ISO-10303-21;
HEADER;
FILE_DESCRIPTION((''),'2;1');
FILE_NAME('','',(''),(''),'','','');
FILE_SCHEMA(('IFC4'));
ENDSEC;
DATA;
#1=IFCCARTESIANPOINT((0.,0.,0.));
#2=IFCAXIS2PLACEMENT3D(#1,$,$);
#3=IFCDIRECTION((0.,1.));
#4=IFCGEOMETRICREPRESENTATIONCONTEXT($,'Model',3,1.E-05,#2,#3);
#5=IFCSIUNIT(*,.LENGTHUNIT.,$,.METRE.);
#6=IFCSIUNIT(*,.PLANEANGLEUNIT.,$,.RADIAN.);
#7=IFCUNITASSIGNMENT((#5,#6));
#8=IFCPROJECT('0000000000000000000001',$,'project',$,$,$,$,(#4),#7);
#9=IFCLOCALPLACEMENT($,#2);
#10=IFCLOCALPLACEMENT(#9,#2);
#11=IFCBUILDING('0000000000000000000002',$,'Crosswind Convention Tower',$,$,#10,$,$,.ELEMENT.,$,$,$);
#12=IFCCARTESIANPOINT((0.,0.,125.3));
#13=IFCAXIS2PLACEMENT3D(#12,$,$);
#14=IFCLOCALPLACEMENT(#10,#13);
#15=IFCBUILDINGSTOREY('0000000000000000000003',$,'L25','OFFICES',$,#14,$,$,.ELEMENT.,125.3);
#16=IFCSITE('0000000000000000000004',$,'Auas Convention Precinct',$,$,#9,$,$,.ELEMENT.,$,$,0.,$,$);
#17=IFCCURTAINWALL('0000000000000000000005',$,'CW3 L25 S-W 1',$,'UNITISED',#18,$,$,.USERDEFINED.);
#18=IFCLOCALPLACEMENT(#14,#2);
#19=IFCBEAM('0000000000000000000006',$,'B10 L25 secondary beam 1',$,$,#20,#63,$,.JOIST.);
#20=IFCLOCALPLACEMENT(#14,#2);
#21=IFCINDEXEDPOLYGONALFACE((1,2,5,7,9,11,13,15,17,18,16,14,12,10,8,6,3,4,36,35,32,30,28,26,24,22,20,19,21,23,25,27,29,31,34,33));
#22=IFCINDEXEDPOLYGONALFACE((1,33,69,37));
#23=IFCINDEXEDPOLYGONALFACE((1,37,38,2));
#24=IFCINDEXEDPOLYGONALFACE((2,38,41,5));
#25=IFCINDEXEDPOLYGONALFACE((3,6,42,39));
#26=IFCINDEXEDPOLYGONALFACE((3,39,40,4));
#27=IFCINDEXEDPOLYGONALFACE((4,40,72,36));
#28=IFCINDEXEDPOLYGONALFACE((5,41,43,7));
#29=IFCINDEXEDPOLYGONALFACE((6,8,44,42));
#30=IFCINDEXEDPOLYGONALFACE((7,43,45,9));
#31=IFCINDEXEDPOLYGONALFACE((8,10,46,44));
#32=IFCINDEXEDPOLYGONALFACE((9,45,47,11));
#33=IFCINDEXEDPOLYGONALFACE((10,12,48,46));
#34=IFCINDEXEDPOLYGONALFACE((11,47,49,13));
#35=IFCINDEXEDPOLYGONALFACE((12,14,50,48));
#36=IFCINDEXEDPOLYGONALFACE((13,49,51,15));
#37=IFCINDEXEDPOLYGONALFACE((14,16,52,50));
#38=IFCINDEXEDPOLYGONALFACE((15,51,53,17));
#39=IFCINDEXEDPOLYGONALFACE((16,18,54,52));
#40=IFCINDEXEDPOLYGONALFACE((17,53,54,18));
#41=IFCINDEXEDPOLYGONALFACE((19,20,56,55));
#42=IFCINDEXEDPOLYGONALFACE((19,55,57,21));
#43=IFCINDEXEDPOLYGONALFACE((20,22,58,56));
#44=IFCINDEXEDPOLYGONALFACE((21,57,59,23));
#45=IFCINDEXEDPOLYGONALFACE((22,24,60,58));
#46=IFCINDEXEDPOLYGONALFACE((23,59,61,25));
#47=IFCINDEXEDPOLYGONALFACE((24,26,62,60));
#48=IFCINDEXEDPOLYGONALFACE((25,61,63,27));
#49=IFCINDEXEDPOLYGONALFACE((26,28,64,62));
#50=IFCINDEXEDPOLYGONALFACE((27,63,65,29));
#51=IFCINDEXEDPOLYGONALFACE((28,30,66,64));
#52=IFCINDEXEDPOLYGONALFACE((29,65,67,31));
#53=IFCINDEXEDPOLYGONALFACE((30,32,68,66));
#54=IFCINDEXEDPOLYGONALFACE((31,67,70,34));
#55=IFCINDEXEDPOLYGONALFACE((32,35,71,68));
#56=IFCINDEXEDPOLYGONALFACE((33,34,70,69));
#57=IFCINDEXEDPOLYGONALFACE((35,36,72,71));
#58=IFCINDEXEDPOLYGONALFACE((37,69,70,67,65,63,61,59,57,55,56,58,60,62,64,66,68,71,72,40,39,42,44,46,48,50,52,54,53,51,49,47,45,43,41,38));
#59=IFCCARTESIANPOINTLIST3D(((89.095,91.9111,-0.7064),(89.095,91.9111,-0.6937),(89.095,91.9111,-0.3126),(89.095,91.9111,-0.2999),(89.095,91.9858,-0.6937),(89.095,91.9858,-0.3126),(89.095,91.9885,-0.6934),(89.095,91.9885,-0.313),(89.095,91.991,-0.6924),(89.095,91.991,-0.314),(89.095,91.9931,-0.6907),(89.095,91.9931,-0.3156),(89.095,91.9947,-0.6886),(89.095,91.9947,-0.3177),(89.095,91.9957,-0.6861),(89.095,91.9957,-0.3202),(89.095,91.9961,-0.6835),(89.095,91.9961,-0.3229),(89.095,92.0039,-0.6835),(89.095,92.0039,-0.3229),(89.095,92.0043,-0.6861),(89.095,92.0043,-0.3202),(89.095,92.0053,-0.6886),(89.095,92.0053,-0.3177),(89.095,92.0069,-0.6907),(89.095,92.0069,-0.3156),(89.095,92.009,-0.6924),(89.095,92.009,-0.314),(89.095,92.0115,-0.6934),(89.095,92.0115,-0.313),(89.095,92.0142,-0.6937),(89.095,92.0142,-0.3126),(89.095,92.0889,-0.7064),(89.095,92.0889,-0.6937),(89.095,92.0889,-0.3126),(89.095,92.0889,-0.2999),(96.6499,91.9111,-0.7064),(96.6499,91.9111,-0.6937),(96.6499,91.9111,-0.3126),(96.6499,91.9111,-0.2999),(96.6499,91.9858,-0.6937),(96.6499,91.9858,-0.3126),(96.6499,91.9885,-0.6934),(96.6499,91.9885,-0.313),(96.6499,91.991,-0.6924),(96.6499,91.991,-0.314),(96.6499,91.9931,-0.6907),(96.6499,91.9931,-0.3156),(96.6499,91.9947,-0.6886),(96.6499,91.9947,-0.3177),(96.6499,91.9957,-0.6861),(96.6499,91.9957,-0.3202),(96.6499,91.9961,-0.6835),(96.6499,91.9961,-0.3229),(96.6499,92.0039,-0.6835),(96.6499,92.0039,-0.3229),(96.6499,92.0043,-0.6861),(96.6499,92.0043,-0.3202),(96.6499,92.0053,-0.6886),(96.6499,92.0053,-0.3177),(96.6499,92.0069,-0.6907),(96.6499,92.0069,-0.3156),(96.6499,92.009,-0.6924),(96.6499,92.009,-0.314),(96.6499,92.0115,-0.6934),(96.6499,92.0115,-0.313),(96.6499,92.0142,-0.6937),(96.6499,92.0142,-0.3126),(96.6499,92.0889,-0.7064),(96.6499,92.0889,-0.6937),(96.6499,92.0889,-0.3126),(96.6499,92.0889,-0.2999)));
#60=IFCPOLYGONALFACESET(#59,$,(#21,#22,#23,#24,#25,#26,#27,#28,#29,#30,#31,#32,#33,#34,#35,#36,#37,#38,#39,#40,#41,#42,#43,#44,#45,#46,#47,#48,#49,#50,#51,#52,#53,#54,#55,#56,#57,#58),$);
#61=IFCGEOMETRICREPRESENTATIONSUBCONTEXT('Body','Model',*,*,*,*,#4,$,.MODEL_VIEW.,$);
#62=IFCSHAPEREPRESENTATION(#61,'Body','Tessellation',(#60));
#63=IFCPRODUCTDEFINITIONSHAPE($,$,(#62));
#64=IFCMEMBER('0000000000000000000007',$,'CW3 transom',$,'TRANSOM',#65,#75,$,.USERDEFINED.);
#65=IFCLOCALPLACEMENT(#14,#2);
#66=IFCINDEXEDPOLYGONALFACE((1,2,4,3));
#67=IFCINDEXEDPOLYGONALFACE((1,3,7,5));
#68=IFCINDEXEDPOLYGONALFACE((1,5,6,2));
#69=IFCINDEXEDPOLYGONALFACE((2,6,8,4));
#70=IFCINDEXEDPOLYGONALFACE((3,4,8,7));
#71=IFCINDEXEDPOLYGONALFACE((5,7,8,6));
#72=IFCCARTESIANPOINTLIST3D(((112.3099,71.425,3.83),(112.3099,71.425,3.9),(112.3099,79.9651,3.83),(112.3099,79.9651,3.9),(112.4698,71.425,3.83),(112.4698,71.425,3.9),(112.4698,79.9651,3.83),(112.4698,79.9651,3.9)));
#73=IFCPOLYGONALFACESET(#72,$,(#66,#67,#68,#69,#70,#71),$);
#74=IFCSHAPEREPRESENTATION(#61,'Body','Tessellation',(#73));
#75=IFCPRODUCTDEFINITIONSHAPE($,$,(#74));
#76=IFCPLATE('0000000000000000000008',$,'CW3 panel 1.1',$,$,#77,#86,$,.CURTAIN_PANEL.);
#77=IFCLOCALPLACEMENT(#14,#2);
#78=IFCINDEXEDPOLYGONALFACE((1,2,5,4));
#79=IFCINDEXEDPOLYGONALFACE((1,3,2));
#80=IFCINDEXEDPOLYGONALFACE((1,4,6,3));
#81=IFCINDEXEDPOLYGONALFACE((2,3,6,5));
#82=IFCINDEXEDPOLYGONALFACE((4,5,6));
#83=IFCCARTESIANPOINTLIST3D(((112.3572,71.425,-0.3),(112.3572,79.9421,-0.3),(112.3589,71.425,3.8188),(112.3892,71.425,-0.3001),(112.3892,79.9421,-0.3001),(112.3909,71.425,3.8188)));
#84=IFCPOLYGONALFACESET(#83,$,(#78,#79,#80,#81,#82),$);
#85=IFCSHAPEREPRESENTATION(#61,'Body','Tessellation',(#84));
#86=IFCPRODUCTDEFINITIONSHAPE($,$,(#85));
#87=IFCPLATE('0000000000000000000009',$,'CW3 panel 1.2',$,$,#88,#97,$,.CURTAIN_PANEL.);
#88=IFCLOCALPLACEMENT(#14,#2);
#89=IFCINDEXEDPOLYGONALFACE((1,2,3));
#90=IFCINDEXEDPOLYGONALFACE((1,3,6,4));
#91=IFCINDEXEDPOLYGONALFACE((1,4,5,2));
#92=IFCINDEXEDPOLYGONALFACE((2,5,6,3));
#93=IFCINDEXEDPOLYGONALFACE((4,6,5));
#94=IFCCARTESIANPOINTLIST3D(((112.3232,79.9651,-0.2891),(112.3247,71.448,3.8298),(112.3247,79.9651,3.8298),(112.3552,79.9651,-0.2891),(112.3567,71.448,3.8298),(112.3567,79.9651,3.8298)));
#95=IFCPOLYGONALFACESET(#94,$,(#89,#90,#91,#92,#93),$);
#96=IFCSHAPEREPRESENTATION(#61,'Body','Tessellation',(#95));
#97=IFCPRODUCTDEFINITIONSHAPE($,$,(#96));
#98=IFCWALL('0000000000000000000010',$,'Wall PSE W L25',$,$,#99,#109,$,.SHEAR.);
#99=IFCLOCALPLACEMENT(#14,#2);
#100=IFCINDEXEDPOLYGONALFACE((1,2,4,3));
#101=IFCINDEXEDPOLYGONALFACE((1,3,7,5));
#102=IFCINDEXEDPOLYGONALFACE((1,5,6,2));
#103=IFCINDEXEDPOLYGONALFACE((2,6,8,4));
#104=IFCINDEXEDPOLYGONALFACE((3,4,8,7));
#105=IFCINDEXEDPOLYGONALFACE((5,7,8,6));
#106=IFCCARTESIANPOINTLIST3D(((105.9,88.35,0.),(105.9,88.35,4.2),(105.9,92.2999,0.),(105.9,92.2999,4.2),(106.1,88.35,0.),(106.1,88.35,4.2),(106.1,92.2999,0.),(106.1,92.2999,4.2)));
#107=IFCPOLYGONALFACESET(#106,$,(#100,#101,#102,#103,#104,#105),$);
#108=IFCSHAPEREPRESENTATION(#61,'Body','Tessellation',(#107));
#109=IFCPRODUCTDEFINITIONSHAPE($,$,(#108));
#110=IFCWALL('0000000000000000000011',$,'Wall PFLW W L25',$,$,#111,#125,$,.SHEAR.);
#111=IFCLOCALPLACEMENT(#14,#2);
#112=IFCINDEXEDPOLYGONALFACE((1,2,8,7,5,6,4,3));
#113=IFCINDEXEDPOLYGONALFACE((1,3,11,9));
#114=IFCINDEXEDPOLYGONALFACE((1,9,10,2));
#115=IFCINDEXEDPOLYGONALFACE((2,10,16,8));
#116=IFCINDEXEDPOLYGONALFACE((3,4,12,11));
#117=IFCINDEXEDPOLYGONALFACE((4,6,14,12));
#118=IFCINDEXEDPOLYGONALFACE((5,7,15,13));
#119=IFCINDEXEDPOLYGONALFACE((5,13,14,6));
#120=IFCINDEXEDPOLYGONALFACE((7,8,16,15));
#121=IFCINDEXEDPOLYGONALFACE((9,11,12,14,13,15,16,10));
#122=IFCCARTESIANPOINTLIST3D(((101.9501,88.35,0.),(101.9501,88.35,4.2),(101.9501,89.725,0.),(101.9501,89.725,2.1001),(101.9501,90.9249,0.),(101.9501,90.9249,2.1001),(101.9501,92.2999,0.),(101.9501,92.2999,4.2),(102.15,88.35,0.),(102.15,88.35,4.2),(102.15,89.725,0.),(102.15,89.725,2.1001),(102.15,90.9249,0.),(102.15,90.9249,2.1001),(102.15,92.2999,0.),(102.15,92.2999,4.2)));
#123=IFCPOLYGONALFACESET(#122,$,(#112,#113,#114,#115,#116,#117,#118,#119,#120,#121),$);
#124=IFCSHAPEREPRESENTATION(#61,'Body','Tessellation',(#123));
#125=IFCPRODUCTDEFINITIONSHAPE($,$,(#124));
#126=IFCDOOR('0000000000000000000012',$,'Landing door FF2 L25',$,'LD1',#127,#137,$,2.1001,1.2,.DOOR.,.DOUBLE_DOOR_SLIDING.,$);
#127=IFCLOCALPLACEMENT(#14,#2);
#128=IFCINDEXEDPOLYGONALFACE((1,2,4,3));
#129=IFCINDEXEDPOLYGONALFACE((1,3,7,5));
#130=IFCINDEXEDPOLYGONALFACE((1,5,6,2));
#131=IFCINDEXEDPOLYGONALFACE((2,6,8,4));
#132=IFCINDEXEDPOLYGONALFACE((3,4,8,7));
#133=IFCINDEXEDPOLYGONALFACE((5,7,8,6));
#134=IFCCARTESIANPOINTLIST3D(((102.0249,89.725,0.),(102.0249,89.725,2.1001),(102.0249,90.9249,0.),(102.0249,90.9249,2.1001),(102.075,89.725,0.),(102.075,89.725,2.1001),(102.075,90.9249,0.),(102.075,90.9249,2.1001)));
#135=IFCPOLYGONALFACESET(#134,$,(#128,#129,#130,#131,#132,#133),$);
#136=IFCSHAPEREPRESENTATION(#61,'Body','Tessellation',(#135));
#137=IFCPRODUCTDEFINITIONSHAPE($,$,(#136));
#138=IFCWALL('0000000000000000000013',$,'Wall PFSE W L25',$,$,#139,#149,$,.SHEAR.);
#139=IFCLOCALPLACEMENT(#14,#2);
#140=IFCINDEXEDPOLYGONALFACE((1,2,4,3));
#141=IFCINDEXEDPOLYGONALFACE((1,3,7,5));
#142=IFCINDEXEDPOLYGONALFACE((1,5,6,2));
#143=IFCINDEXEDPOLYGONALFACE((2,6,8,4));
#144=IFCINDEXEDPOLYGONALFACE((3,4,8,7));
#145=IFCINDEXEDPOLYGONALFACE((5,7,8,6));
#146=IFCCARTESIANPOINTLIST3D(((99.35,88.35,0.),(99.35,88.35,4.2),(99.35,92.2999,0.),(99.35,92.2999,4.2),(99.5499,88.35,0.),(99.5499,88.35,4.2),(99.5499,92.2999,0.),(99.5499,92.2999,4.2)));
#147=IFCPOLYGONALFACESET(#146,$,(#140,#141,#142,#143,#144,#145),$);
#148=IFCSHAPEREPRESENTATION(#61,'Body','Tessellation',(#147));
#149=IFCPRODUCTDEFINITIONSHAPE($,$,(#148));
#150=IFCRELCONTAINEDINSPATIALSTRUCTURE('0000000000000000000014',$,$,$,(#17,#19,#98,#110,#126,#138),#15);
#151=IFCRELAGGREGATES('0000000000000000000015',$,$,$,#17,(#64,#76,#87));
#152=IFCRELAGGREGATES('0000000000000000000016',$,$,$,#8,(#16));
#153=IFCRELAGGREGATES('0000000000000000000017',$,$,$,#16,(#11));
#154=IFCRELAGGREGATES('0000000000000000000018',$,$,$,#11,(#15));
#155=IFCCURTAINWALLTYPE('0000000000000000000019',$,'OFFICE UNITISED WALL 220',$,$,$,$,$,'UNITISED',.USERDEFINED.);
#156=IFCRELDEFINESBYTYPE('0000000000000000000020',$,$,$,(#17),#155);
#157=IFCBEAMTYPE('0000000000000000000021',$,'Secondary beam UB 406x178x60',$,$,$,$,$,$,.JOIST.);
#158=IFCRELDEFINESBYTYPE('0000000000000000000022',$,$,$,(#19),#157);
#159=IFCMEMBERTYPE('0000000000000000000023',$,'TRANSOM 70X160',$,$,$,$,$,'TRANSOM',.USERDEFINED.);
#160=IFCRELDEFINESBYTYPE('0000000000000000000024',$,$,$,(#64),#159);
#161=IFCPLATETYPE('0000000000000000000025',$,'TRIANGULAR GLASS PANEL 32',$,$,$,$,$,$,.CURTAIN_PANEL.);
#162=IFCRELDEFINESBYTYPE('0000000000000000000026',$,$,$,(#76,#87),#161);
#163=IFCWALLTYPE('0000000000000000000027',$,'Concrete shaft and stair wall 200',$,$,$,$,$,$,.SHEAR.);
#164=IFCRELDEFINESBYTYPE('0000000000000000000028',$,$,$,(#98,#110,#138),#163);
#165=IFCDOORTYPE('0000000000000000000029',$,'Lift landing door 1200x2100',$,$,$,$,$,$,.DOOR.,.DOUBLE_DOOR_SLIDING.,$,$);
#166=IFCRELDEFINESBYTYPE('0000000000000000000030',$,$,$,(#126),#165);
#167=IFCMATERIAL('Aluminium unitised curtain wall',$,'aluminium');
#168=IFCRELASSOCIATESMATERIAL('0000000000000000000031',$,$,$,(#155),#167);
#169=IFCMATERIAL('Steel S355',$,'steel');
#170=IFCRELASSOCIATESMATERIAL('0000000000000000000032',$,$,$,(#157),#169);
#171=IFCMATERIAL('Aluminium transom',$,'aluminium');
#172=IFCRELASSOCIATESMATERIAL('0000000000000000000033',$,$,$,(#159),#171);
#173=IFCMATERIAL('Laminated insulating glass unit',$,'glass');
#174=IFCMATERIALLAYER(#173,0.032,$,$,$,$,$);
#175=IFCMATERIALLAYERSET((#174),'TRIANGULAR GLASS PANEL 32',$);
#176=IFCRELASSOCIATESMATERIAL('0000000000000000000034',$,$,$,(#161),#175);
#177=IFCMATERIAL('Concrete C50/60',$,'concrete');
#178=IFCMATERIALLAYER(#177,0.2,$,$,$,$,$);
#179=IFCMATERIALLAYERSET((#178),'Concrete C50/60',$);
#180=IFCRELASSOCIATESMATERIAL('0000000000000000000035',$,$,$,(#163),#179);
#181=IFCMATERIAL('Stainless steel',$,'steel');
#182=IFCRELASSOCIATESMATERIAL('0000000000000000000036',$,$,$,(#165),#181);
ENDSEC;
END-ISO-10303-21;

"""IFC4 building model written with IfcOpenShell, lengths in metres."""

from ifc_helpers import new_model, si_unit, direction, frame, frame_2d, origin, origin_2d, place, context, subcontext, project, spatial, polyline, rectangle, i_section, outline, extrude, material, layer, layer_set, material_profile, profile_set, type_object, element, fill, aggregate, save


model = new_model("IFC4")

# Units and contexts
model_context = context("Model", 3, precision=1e-05, world=origin(), true_north=direction((0.0, 1.0)))
body_context = subcontext(model_context, "Body", "Model", "MODEL_VIEW")
ifc_project = project(units=[si_unit("LENGTHUNIT", "METRE"), si_unit("PLANEANGLEUNIT", "RADIAN")], contexts=[model_context])

# Site, building, storey
site_placement = place(None, origin())
site = spatial("IfcSite", under=ifc_project, at=site_placement, Name="Auas Convention Precinct", CompositionType="ELEMENT", RefElevation=0.0)
building_placement = place(site_placement, origin())
building = spatial("IfcBuilding", under=site, at=building_placement, Name="Crosswind Convention Tower", CompositionType="ELEMENT")
storey_placement = place(building_placement, frame((0.0, 0.0, 125.3)))
storey = spatial("IfcBuildingStorey", under=building, at=storey_placement, Name="L25", Description="OFFICES", CompositionType="ELEMENT", Elevation=125.3)

# Shared definitions
ifc_material_1 = material(Name="Steel S355", Category="steel")

# Shared definitions
ifc_material_2 = material(Name="Aluminium unitised curtain wall", Category="aluminium")

# Curtain wall
curtain_wall_type_1 = type_object("IfcCurtainWallType", Name="OFFICE UNITISED WALL 220", ElementType="UNITISED", PredefinedType="USERDEFINED", material=ifc_material_2)
curtain_wall_1_placement = place(storey_placement, origin())
curtain_wall_1 = element("IfcCurtainWall", 1, at=curtain_wall_1_placement, inside=storey, type_object=curtain_wall_type_1, Name="CW3 L25 S-W 1", ObjectType="UNITISED", PredefinedType="USERDEFINED")

# Beam
ifc_material_profile_1 = material_profile(ifc_material_1, i_section(OverallWidth=0.1777, OverallDepth=0.4065, WebThickness=0.0078, FlangeThickness=0.0127, FilletRadius=0.0103, at=origin_2d()), Name="UB 406x178x60")
ifc_profile_set_1 = profile_set([ifc_material_profile_1], Name="Steel S355")
beam_type_1 = type_object("IfcBeamType", Name="Secondary beam UB 406x178x60", PredefinedType="JOIST", material=ifc_profile_set_1)
beam_1_placement = place(storey_placement, frame((89.095, 92.0, -0.5032), z_axis=(1.0, 0.0, 0.0), x_axis=(0.0, 1.0, 0.0)))
element("IfcBeam", 2, at=beam_1_placement, inside=storey, type_object=beam_type_1, Name="B10 L25 secondary beam 1", PredefinedType="JOIST", context=body_context, shape_type="SweptSolid", body=[
    extrude(i_section(OverallWidth=0.1777, OverallDepth=0.4065, WebThickness=0.0078, FlangeThickness=0.0127, FilletRadius=0.0103, at=origin_2d()), origin(), (0.0, 0.0, 1.0), 7.5549),
])

# Member
ifc_material_3 = material(Name="Aluminium transom", Category="aluminium")
ifc_material_profile_2 = material_profile(ifc_material_3, rectangle(XDim=0.1599, YDim=0.0701, at=origin_2d()), Name="AL 160X70")
ifc_profile_set_2 = profile_set([ifc_material_profile_2], Name="Aluminium transom")
member_type_1 = type_object("IfcMemberType", Name="TRANSOM 70X160", ElementType="TRANSOM", PredefinedType="USERDEFINED", material=ifc_profile_set_2)
member_1_placement = place(storey_placement, frame((112.3899, 79.9651, 3.865), z_axis=(0.0, -1.0, 0.0), x_axis=(1.0, 0.0, 0.0)))
member_1 = element("IfcMember", 3, at=member_1_placement, type_object=member_type_1, Name="CW3 transom", ObjectType="TRANSOM", PredefinedType="USERDEFINED", context=body_context, shape_type="SweptSolid", body=[
    extrude(rectangle(XDim=0.1599, YDim=0.0701, at=origin_2d()), origin(), (0.0, 0.0, 1.0), 8.54),
])

# Plates
ifc_material_4 = material(Name="Laminated insulating glass unit", Category="glass")
ifc_layer_1 = layer(ifc_material_4, 0.032)
ifc_layer_set_1 = layer_set([ifc_layer_1], Name="TRIANGULAR GLASS PANEL 32")
plate_type = type_object("IfcPlateType", Name="TRIANGULAR GLASS PANEL 32", PredefinedType="CURTAIN_PANEL", material=ifc_layer_set_1)
plate_1_placement = place(storey_placement, frame((112.3572, 71.425, -0.3), z_axis=(-1.0, 0.0, 0.000415), x_axis=(0.000415, 0.0, 1.0)))
plate_1 = element("IfcPlate", 4, at=plate_1_placement, type_object=plate_type, Name="CW3 panel 1.1", PredefinedType="CURTAIN_PANEL", context=body_context, shape_type="SweptSolid", body=[
    extrude(outline(polyline([(0.0, 0.0), (4.1189, 0.0), (0.0, 8.5171), (0.0, 0.0)])), origin(), (0.0, 0.0, -1.0), 0.032),
])
plate_2_placement = place(storey_placement, frame((112.3247, 79.9651, 3.8298), z_axis=(-1.0, 0.0, 0.000356), x_axis=(-0.000356, 0.0, -1.0)))
plate_2 = element("IfcPlate", 5, at=plate_2_placement, type_object=plate_type, Name="CW3 panel 1.2", PredefinedType="CURTAIN_PANEL", context=body_context, shape_type="SweptSolid", body=[
    extrude(outline(polyline([(0.0, 0.0), (4.1189, 0.0), (0.0, 8.5171), (0.0, 0.0)])), origin(), (0.0, 0.0, -1.0), 0.032),
])

# Wall
ifc_material_5 = material(Name="Concrete C50/60", Category="concrete")
ifc_layer_2 = layer(ifc_material_5, 0.2)
ifc_layer_set_2 = layer_set([ifc_layer_2], Name="Concrete C50/60")
wall_type_1 = type_object("IfcWallType", Name="Concrete shaft and stair wall 200", PredefinedType="SHEAR", material=ifc_layer_set_2)
wall_1_placement = place(storey_placement, frame((106.0, 92.3, 0.0), z_axis=(0.0, 0.0, 1.0), x_axis=(0.0, -1.0, 0.0)))
element("IfcWall", 6, at=wall_1_placement, inside=storey, type_object=wall_type_1, Name="Wall PSE W L25", PredefinedType="SHEAR", context=body_context, shape_type="SweptSolid", body=[
    extrude(rectangle(XDim=3.95, YDim=0.2, at=frame_2d((1.9751, 0.0))), origin(), (0.0, 0.0, 1.0), 4.2),
])

# Wall, opening, door
wall_2_placement = place(storey_placement, frame((102.05, 92.3, 0.0), z_axis=(0.0, 0.0, 1.0), x_axis=(0.0, -1.0, 0.0)))
wall_2 = element("IfcWall", 7, at=wall_2_placement, inside=storey, type_object=wall_type_1, Name="Wall PFLW W L25", PredefinedType="SHEAR", context=body_context, shape_type="SweptSolid", body=[
    extrude(rectangle(XDim=3.95, YDim=0.2, at=frame_2d((1.9751, 0.0))), origin(), (0.0, 0.0, 1.0), 4.2),
])
opening_1_placement = place(wall_2_placement, frame((1.375, 0.0, 0.0)))
opening_1 = element("IfcOpeningElement", 8, at=opening_1_placement, cuts=wall_2, PredefinedType="OPENING", context=body_context, shape_type="SweptSolid", body=[
    extrude(rectangle(XDim=1.2, YDim=2.1001, at=frame_2d((0.6001, 1.05))), frame((0.0, 0.1099, 0.0), z_axis=(0.0, -1.0, 0.0), x_axis=(1.0, 0.0, 0.0)), (0.0, 0.0, 1.0), 0.22),
])
ifc_material_6 = material(Name="Stainless steel", Category="steel")
door_type_1 = type_object("IfcDoorType", Name="Lift landing door 1200x2100", OperationType="DOUBLE_DOOR_SLIDING", PredefinedType="DOOR", material=ifc_material_6)
door_1_placement = place(opening_1_placement, origin())
door_1 = element("IfcDoor", 9, at=door_1_placement, inside=storey, type_object=door_type_1, Name="Landing door FF2 L25", ObjectType="LD1", OperationType="DOUBLE_DOOR_SLIDING", OverallHeight=2.1001, OverallWidth=1.2, PredefinedType="DOOR", context=body_context, shape_type="SweptSolid", body=[
    extrude(rectangle(XDim=1.2, YDim=2.1001, at=frame_2d((0.6001, 1.05))), frame((0.0, 0.0249, 0.0), z_axis=(0.0, -1.0, 0.0), x_axis=(1.0, 0.0, 0.0)), (0.0, 0.0, 1.0), 0.05),
])
fill(opening_1, door_1)

# Wall
wall_3_placement = place(storey_placement, frame((99.45, 92.3, 0.0), z_axis=(0.0, 0.0, 1.0), x_axis=(0.0, -1.0, 0.0)))
element("IfcWall", 10, at=wall_3_placement, inside=storey, type_object=wall_type_1, Name="Wall PFSE W L25", PredefinedType="SHEAR", context=body_context, shape_type="SweptSolid", body=[
    extrude(rectangle(XDim=3.95, YDim=0.2, at=frame_2d((1.9751, 0.0))), origin(), (0.0, 0.0, 1.0), 4.2),
])

aggregate(curtain_wall_1, [member_1, plate_1, plate_2])

save(model, "model.ifc")
